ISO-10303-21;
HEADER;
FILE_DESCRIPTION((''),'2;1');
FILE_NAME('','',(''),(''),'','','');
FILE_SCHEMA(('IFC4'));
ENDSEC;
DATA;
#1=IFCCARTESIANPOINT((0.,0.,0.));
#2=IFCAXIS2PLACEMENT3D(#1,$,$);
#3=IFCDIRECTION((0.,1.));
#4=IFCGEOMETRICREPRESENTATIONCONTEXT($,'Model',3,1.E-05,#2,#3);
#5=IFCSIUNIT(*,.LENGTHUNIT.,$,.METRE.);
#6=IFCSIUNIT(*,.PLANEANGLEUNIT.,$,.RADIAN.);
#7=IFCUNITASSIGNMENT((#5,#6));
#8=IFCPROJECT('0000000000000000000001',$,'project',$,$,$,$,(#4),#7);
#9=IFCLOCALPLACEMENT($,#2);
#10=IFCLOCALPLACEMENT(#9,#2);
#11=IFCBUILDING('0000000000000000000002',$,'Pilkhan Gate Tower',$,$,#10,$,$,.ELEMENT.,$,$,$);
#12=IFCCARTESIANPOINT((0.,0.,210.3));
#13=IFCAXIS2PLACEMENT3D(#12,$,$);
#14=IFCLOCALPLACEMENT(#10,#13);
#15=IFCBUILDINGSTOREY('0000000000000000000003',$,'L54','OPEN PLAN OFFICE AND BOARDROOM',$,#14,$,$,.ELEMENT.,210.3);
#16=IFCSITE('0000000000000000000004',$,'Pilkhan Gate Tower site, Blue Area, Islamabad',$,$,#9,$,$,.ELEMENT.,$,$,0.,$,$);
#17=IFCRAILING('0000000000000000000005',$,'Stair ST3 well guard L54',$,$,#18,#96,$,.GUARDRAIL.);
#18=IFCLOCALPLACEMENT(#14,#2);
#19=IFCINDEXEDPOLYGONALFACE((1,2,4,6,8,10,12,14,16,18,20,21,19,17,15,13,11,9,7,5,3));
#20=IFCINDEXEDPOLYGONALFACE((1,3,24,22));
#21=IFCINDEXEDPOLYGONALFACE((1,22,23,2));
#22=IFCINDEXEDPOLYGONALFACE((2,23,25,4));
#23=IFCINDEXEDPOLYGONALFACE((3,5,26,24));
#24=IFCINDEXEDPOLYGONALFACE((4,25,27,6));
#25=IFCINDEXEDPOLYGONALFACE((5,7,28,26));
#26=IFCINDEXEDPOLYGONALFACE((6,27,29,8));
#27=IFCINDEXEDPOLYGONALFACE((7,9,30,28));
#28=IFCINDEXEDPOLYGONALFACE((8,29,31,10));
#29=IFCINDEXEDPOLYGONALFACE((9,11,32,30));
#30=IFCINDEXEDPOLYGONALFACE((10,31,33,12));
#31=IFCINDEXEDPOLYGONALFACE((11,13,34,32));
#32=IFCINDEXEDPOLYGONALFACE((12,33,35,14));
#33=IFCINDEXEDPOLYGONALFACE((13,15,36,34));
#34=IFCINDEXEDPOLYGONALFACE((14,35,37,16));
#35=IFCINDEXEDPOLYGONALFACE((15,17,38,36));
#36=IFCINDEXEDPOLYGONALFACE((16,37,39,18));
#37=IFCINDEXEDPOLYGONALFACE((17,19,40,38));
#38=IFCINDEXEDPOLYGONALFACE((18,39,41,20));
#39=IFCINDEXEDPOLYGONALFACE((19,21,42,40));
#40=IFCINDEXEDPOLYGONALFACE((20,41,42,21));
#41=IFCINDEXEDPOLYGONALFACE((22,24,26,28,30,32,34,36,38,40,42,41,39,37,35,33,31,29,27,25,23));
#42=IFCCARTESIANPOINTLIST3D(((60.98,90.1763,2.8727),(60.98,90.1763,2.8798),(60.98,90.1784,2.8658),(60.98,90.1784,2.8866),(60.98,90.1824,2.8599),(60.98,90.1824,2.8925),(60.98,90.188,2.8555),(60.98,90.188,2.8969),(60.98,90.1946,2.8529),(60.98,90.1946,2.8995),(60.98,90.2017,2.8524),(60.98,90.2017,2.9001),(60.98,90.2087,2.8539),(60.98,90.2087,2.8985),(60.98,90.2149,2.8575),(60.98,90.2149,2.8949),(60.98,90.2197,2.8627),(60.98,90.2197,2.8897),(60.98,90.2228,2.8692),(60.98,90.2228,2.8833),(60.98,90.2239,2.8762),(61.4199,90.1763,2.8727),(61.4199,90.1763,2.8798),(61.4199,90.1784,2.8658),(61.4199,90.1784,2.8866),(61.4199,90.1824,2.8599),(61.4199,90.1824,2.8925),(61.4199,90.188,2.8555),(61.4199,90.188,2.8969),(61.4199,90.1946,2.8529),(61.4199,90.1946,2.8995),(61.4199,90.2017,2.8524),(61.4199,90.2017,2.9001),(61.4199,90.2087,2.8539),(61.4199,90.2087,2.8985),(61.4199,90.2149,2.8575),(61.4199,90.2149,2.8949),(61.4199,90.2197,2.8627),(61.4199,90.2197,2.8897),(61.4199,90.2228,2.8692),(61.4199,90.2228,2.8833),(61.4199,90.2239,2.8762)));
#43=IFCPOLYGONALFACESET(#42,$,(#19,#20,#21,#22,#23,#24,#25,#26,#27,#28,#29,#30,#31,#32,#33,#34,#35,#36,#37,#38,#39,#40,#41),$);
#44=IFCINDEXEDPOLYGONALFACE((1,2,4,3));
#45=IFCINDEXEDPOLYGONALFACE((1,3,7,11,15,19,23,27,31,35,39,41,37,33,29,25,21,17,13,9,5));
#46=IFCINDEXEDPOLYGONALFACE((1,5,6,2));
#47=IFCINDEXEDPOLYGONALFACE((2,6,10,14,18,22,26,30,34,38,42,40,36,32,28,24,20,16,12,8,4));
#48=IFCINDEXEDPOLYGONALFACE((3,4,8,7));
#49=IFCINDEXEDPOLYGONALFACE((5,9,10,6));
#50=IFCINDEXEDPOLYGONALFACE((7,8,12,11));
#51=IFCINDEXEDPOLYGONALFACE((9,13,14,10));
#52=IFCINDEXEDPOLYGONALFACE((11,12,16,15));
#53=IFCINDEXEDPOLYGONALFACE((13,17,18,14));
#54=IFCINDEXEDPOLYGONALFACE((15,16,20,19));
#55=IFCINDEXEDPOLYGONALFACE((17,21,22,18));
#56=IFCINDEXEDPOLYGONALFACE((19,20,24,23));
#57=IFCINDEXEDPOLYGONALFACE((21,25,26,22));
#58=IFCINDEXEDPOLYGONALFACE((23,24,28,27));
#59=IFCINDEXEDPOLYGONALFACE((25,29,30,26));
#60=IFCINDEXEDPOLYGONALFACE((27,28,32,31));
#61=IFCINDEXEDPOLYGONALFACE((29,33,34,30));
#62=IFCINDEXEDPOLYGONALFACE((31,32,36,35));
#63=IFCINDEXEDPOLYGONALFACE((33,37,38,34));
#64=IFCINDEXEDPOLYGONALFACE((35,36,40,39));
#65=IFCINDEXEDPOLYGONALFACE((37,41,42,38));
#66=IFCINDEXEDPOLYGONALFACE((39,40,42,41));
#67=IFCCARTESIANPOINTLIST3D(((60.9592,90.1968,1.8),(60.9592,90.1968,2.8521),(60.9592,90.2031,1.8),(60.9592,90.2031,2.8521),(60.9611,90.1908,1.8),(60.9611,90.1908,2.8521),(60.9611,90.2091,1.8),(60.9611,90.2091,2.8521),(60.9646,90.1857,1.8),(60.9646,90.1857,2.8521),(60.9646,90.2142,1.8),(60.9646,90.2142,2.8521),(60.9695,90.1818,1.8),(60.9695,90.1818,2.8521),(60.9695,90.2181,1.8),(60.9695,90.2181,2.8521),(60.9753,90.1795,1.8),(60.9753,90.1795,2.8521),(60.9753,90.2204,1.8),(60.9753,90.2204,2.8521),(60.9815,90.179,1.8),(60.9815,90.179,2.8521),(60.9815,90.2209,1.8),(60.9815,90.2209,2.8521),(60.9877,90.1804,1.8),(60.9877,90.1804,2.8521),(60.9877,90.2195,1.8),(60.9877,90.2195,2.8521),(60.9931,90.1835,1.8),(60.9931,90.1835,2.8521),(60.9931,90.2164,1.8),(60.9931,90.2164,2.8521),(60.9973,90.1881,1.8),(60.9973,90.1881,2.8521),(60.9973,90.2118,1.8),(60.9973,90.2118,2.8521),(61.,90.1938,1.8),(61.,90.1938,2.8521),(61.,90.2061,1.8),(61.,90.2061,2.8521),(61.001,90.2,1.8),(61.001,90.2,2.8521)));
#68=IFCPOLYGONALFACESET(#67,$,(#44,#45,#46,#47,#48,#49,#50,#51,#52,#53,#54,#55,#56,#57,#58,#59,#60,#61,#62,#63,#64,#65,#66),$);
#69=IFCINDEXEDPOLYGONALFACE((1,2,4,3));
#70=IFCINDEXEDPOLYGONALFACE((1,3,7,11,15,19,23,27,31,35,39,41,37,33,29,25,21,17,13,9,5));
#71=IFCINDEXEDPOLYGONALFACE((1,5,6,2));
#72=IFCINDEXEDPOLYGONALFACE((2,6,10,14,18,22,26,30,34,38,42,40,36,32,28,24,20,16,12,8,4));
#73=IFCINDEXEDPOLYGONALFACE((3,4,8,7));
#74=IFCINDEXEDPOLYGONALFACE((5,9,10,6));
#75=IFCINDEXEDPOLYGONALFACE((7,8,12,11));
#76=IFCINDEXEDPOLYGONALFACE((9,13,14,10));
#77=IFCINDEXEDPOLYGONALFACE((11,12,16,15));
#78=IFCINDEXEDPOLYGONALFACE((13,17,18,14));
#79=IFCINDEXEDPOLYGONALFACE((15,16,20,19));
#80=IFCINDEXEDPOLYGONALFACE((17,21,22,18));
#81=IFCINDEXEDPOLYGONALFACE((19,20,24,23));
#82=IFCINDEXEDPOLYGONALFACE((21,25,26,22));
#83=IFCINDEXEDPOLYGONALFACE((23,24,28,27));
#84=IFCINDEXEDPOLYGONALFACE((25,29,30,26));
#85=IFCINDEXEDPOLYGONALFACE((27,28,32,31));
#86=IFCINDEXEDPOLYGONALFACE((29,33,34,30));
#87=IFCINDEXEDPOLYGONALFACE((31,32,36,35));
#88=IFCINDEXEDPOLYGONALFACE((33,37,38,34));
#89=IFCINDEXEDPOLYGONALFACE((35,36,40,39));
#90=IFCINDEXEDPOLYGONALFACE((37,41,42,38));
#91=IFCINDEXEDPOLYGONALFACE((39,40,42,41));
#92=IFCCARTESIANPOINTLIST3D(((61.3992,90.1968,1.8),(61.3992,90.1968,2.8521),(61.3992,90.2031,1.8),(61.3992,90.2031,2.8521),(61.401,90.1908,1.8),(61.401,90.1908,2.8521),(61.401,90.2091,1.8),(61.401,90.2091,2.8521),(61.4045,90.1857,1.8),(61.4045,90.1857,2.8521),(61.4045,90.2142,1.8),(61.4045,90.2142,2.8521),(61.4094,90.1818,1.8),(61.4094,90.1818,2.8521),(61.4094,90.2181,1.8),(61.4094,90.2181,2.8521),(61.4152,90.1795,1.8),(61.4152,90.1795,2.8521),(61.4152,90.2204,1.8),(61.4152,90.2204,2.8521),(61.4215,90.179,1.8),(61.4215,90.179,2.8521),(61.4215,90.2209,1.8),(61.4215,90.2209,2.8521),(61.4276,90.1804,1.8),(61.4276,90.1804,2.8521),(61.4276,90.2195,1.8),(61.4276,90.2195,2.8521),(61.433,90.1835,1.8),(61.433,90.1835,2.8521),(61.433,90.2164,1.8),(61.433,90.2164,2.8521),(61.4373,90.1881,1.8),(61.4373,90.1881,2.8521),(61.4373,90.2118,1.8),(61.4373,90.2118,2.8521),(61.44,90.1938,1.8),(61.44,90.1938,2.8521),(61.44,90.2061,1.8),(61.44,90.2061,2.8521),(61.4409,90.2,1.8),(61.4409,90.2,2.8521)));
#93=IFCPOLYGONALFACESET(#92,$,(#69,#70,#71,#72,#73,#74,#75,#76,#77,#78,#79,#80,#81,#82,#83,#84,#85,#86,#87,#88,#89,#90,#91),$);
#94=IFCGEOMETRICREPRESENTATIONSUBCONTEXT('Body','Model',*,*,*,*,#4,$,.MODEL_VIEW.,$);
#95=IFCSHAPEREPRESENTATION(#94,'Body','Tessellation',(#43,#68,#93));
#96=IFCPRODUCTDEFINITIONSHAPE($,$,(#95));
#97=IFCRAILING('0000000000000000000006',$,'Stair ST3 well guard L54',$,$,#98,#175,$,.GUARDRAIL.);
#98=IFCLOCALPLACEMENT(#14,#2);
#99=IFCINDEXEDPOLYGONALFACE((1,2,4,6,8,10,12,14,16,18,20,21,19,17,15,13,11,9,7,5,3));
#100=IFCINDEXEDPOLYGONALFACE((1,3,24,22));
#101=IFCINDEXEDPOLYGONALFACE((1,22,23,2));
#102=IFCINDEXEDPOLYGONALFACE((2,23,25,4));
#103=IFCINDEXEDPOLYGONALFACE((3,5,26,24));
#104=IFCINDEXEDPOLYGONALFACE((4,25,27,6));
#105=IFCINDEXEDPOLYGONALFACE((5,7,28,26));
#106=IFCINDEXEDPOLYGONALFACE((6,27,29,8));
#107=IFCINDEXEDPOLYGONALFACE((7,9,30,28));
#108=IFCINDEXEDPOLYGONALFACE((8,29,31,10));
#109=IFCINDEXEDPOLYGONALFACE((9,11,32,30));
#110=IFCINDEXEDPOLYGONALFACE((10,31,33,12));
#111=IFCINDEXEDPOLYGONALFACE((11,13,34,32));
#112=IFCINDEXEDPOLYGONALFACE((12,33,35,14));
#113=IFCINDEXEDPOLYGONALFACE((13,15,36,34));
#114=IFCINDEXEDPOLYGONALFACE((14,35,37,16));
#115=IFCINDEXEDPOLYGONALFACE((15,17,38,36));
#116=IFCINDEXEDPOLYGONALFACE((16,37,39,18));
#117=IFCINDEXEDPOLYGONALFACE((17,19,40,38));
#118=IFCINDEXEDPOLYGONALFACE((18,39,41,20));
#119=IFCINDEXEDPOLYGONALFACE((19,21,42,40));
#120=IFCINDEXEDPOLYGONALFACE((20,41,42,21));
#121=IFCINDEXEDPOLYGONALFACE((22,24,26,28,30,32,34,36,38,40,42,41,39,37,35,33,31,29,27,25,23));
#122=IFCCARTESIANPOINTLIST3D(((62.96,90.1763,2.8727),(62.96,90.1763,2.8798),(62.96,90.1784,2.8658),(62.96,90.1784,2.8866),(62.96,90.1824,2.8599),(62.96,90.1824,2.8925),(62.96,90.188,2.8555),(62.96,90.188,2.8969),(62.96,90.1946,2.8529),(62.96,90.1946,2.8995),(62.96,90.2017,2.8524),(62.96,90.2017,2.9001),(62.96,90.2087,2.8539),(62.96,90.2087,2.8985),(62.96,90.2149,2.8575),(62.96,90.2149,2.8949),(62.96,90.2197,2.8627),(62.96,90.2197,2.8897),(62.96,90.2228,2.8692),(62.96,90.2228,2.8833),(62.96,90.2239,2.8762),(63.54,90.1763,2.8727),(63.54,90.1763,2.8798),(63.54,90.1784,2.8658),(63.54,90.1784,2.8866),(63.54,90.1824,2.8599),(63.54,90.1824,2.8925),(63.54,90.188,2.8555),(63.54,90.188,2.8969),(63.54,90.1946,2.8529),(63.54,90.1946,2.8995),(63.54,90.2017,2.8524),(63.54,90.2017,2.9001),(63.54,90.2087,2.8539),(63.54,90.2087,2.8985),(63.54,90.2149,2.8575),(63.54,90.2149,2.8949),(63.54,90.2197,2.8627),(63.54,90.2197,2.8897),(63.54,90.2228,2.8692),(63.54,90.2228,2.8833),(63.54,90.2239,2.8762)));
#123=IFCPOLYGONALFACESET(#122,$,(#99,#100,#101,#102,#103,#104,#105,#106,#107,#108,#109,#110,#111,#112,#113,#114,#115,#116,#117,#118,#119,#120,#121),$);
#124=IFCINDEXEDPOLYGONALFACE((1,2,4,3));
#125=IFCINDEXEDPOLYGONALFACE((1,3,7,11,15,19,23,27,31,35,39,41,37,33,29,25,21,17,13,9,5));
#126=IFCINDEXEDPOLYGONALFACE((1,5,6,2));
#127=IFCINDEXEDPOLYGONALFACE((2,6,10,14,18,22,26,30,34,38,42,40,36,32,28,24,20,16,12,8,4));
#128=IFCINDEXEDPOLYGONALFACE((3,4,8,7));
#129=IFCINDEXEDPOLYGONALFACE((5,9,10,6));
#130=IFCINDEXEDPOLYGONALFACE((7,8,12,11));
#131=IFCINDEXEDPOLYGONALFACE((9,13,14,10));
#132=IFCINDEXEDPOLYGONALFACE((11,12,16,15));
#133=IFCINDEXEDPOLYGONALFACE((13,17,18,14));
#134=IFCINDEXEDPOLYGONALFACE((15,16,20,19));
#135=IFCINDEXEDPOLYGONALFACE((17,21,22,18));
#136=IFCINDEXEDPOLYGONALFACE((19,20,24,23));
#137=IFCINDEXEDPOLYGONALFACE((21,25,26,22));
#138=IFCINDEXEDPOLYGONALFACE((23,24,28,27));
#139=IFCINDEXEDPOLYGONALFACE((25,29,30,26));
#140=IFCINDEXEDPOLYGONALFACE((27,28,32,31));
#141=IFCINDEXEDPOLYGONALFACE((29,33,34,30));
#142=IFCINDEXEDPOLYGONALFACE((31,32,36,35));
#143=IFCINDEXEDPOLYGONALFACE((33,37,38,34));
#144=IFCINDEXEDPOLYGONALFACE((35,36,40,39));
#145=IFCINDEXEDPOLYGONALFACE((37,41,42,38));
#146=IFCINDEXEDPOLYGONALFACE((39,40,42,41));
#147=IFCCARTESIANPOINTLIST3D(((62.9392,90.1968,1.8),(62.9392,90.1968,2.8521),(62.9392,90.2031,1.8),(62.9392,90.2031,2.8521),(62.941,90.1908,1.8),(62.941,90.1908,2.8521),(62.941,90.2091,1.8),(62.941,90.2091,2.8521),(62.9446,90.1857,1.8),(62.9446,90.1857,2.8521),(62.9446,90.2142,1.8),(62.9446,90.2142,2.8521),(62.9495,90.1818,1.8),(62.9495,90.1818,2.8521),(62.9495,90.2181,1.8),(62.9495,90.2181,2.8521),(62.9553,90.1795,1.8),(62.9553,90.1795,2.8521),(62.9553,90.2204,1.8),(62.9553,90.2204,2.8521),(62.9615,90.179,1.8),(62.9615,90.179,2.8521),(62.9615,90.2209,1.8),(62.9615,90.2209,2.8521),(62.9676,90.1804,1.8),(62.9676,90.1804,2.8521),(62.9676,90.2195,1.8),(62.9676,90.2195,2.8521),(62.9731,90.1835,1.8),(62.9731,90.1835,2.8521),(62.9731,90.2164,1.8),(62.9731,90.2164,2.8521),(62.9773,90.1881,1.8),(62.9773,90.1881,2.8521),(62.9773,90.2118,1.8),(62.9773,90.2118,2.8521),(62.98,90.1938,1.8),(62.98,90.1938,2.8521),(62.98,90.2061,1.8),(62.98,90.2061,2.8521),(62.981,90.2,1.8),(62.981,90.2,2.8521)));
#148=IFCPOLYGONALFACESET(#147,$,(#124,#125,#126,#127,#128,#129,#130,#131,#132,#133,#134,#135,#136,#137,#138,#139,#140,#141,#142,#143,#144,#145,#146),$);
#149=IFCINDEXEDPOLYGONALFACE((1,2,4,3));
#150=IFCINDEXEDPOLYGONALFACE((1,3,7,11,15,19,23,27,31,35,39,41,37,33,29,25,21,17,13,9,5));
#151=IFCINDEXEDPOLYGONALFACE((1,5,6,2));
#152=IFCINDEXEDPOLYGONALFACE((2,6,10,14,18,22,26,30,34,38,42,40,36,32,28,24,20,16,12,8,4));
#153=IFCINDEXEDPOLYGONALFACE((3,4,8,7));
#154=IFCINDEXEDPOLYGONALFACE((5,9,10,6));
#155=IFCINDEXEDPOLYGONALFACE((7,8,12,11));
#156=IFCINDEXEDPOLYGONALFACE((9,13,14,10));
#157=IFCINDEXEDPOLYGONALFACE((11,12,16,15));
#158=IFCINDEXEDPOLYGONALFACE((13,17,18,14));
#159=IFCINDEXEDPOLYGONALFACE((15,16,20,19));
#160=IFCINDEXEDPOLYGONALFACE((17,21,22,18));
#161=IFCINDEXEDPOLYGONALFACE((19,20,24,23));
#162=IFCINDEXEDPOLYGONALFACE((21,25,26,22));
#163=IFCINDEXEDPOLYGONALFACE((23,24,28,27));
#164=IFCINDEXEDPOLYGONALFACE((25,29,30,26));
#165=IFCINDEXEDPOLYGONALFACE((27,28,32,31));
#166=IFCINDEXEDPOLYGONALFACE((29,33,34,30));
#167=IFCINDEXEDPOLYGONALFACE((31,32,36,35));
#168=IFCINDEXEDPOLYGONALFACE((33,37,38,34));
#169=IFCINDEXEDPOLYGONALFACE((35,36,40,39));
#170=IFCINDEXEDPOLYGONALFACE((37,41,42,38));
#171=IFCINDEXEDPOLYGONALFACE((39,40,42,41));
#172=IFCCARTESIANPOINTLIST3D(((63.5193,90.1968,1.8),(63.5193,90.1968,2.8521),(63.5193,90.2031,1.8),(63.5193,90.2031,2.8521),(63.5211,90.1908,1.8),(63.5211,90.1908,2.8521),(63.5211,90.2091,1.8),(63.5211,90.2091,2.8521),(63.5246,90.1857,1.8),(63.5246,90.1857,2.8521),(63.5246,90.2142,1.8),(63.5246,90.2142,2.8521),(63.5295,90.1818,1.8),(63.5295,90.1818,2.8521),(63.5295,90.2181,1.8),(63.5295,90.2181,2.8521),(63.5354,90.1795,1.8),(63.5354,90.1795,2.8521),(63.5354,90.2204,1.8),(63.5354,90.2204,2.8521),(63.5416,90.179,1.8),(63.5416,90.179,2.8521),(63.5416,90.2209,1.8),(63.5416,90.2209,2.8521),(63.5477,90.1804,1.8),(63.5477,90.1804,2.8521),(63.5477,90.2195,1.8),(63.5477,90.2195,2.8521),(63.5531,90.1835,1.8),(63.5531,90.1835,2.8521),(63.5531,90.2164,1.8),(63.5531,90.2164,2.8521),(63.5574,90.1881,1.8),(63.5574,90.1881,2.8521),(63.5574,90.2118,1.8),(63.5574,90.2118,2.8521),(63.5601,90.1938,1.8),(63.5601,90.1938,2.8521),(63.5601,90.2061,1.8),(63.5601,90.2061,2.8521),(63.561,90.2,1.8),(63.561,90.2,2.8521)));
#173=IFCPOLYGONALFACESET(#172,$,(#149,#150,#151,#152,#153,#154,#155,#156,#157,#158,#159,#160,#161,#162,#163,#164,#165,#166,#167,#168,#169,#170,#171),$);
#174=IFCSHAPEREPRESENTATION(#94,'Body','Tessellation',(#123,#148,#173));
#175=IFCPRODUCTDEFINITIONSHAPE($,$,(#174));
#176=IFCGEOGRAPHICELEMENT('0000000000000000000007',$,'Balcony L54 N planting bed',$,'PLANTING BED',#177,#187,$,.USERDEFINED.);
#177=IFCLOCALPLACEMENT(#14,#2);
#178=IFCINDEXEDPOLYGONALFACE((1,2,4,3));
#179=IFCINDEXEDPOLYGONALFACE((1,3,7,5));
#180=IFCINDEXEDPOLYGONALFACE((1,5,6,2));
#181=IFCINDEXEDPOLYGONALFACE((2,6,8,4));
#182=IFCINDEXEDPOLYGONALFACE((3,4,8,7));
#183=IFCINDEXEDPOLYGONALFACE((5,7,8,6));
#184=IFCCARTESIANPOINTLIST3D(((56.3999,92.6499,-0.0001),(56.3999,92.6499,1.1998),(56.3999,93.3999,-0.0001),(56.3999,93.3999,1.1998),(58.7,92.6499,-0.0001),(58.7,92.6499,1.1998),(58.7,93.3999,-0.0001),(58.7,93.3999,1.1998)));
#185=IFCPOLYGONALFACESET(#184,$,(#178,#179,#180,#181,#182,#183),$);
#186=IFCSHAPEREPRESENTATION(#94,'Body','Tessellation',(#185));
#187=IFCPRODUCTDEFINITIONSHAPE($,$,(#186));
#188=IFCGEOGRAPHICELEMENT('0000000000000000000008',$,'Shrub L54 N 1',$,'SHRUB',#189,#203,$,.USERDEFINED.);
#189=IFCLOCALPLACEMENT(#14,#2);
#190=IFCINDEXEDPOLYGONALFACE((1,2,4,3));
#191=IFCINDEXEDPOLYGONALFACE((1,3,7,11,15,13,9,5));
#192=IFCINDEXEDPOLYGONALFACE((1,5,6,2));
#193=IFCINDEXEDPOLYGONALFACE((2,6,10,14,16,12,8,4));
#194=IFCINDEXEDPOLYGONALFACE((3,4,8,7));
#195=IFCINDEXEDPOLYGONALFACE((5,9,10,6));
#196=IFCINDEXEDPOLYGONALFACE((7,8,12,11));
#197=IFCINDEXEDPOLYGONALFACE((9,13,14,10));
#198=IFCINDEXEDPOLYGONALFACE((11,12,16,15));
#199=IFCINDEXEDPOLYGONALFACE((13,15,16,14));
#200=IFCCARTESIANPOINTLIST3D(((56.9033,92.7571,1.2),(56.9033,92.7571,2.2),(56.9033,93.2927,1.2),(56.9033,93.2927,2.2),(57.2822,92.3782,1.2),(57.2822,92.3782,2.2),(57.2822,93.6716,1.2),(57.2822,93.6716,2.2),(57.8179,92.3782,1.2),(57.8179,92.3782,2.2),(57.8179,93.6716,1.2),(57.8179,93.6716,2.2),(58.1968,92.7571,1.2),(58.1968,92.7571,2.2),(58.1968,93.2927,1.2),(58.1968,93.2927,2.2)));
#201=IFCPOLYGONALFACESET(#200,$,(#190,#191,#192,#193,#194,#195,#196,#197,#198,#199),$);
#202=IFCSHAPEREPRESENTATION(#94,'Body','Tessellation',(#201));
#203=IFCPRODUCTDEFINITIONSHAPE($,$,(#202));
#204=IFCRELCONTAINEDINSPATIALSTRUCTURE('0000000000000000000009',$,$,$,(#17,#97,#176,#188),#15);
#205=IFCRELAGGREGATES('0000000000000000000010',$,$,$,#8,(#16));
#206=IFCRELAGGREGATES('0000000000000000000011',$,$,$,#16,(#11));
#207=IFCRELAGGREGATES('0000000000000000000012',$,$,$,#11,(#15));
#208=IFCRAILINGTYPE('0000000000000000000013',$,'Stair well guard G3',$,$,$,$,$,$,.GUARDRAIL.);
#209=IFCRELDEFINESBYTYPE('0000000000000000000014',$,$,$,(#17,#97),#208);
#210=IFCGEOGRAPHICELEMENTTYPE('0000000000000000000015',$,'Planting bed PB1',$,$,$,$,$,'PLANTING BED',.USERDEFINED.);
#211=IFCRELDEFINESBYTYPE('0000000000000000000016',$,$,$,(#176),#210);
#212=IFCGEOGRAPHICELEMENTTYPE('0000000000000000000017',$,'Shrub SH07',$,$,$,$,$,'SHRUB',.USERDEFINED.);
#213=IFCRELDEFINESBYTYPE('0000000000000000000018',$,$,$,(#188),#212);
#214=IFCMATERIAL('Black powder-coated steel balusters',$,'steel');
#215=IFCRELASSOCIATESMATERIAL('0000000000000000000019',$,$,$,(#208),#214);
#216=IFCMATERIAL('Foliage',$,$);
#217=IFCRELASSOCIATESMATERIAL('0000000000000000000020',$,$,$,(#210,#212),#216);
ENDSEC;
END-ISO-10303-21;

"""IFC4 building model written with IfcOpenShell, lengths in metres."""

from ifc_helpers import new_model, si_unit, direction, frame, origin, origin_2d, place, context, subcontext, project, spatial, polyline, rectangle, circle, outline, extrude, material, material_profile, profile_set, type_object, element, save


model = new_model("IFC4")

# Units and contexts
model_context = context("Model", 3, precision=1e-05, world=origin(), true_north=direction((0.0, 1.0)))
body_context = subcontext(model_context, "Body", "Model", "MODEL_VIEW")
ifc_project = project(units=[si_unit("LENGTHUNIT", "METRE"), si_unit("PLANEANGLEUNIT", "RADIAN")], contexts=[model_context])

# Site, building, storey
site_placement = place(None, origin())
site = spatial("IfcSite", under=ifc_project, at=site_placement, Name="Pilkhan Gate Tower site, Blue Area, Islamabad", CompositionType="ELEMENT", RefElevation=0.0)
building_placement = place(site_placement, origin())
building = spatial("IfcBuilding", under=site, at=building_placement, Name="Pilkhan Gate Tower", CompositionType="ELEMENT")
storey_placement = place(building_placement, frame((0.0, 0.0, 210.3)))
storey = spatial("IfcBuildingStorey", under=building, at=storey_placement, Name="L54", Description="OPEN PLAN OFFICE AND BOARDROOM", CompositionType="ELEMENT", Elevation=210.3)

# Railings
ifc_material_1 = material(Name="Black powder-coated steel balusters", Category="steel")
railing_type_1 = type_object("IfcRailingType", Name="Stair well guard G3", PredefinedType="GUARDRAIL", material=ifc_material_1)
railing_1_placement = place(storey_placement, frame((60.98, 90.2, 1.8)))
element("IfcRailing", 1, at=railing_1_placement, inside=storey, type_object=railing_type_1, Name="Stair ST3 well guard L54", PredefinedType="GUARDRAIL", context=body_context, shape_type="SweptSolid", body=[
    extrude(circle(Radius=0.0239, at=origin_2d()), frame((0.0, 0.0, 1.0762), z_axis=(1.0, 0.0, 0.0), x_axis=(0.0, 1.0, 0.0)), (0.0, 0.0, 1.0), 0.4399),
    extrude(circle(Radius=0.021, at=origin_2d()), origin(), (0.0, 0.0, 1.0), 1.052),
    extrude(circle(Radius=0.021, at=origin_2d()), frame((0.4399, 0.0, 0.0)), (0.0, 0.0, 1.0), 1.052),
])
railing_2_placement = place(storey_placement, frame((62.96, 90.2, 1.8)))
element("IfcRailing", 2, at=railing_2_placement, inside=storey, type_object=railing_type_1, Name="Stair ST3 well guard L54", PredefinedType="GUARDRAIL", context=body_context, shape_type="SweptSolid", body=[
    extrude(circle(Radius=0.0239, at=origin_2d()), frame((0.0, 0.0, 1.0762), z_axis=(1.0, 0.0, 0.0), x_axis=(0.0, 1.0, 0.0)), (0.0, 0.0, 1.0), 0.5801),
    extrude(circle(Radius=0.021, at=origin_2d()), origin(), (0.0, 0.0, 1.0), 1.052),
    extrude(circle(Radius=0.021, at=origin_2d()), frame((0.5801, 0.0, 0.0)), (0.0, 0.0, 1.0), 1.052),
])

# Geographic elements
ifc_material_2 = material(Name="Foliage")
ifc_material_profile_1 = material_profile(ifc_material_2, rectangle(XDim=0.75, YDim=1.2, at=origin_2d()), Name="Bed 750x1200")
ifc_profile_set_1 = profile_set([ifc_material_profile_1], Name="Foliage")
geographic_element_type_1 = type_object("IfcGeographicElementType", Name="Planting bed PB1", ElementType="PLANTING BED", PredefinedType="USERDEFINED", material=ifc_profile_set_1)
geographic_element_1_placement = place(storey_placement, frame((56.3999, 93.0249, 0.5999), z_axis=(1.0, 0.0, 0.0), x_axis=(0.0, 1.0, 0.0)))
element("IfcGeographicElement", 3, at=geographic_element_1_placement, inside=storey, type_object=geographic_element_type_1, Name="Balcony L54 N planting bed", ObjectType="PLANTING BED", PredefinedType="USERDEFINED", context=body_context, shape_type="SweptSolid", body=[
    extrude(rectangle(XDim=0.75, YDim=1.2, at=origin_2d()), origin(), (0.0, 0.0, 1.0), 2.3),
])
ifc_material_profile_2 = material_profile(ifc_material_2, outline(polyline([(0.6467, 0.2678), (0.2678, 0.6467), (-0.2678, 0.6467), (-0.6467, 0.2678), (-0.6467, -0.2678), (-0.2678, -0.6467), (0.2678, -0.6467), (0.6467, -0.2678), (0.6467, 0.2678)])), Name="Shrub D1.4")
ifc_profile_set_2 = profile_set([ifc_material_profile_2], Name="Foliage")
geographic_element_type_2 = type_object("IfcGeographicElementType", Name="Shrub SH07", ElementType="SHRUB", PredefinedType="USERDEFINED", material=ifc_profile_set_2)
geographic_element_2_placement = place(storey_placement, frame((57.55, 93.0249, 1.2), z_axis=(0.0, 0.0, 1.0), x_axis=(1.0, 0.0, 0.0)))
element("IfcGeographicElement", 4, at=geographic_element_2_placement, inside=storey, type_object=geographic_element_type_2, Name="Shrub L54 N 1", ObjectType="SHRUB", PredefinedType="USERDEFINED", context=body_context, shape_type="SweptSolid", body=[
    extrude(outline(polyline([(0.6467, 0.2678), (0.2678, 0.6467), (-0.2678, 0.6467), (-0.6467, 0.2678), (-0.6467, -0.2678), (-0.2678, -0.6467), (0.2678, -0.6467), (0.6467, -0.2678), (0.6467, 0.2678)])), origin(), (0.0, 0.0, 1.0), 1.0),
])

save(model, "model.ifc")
